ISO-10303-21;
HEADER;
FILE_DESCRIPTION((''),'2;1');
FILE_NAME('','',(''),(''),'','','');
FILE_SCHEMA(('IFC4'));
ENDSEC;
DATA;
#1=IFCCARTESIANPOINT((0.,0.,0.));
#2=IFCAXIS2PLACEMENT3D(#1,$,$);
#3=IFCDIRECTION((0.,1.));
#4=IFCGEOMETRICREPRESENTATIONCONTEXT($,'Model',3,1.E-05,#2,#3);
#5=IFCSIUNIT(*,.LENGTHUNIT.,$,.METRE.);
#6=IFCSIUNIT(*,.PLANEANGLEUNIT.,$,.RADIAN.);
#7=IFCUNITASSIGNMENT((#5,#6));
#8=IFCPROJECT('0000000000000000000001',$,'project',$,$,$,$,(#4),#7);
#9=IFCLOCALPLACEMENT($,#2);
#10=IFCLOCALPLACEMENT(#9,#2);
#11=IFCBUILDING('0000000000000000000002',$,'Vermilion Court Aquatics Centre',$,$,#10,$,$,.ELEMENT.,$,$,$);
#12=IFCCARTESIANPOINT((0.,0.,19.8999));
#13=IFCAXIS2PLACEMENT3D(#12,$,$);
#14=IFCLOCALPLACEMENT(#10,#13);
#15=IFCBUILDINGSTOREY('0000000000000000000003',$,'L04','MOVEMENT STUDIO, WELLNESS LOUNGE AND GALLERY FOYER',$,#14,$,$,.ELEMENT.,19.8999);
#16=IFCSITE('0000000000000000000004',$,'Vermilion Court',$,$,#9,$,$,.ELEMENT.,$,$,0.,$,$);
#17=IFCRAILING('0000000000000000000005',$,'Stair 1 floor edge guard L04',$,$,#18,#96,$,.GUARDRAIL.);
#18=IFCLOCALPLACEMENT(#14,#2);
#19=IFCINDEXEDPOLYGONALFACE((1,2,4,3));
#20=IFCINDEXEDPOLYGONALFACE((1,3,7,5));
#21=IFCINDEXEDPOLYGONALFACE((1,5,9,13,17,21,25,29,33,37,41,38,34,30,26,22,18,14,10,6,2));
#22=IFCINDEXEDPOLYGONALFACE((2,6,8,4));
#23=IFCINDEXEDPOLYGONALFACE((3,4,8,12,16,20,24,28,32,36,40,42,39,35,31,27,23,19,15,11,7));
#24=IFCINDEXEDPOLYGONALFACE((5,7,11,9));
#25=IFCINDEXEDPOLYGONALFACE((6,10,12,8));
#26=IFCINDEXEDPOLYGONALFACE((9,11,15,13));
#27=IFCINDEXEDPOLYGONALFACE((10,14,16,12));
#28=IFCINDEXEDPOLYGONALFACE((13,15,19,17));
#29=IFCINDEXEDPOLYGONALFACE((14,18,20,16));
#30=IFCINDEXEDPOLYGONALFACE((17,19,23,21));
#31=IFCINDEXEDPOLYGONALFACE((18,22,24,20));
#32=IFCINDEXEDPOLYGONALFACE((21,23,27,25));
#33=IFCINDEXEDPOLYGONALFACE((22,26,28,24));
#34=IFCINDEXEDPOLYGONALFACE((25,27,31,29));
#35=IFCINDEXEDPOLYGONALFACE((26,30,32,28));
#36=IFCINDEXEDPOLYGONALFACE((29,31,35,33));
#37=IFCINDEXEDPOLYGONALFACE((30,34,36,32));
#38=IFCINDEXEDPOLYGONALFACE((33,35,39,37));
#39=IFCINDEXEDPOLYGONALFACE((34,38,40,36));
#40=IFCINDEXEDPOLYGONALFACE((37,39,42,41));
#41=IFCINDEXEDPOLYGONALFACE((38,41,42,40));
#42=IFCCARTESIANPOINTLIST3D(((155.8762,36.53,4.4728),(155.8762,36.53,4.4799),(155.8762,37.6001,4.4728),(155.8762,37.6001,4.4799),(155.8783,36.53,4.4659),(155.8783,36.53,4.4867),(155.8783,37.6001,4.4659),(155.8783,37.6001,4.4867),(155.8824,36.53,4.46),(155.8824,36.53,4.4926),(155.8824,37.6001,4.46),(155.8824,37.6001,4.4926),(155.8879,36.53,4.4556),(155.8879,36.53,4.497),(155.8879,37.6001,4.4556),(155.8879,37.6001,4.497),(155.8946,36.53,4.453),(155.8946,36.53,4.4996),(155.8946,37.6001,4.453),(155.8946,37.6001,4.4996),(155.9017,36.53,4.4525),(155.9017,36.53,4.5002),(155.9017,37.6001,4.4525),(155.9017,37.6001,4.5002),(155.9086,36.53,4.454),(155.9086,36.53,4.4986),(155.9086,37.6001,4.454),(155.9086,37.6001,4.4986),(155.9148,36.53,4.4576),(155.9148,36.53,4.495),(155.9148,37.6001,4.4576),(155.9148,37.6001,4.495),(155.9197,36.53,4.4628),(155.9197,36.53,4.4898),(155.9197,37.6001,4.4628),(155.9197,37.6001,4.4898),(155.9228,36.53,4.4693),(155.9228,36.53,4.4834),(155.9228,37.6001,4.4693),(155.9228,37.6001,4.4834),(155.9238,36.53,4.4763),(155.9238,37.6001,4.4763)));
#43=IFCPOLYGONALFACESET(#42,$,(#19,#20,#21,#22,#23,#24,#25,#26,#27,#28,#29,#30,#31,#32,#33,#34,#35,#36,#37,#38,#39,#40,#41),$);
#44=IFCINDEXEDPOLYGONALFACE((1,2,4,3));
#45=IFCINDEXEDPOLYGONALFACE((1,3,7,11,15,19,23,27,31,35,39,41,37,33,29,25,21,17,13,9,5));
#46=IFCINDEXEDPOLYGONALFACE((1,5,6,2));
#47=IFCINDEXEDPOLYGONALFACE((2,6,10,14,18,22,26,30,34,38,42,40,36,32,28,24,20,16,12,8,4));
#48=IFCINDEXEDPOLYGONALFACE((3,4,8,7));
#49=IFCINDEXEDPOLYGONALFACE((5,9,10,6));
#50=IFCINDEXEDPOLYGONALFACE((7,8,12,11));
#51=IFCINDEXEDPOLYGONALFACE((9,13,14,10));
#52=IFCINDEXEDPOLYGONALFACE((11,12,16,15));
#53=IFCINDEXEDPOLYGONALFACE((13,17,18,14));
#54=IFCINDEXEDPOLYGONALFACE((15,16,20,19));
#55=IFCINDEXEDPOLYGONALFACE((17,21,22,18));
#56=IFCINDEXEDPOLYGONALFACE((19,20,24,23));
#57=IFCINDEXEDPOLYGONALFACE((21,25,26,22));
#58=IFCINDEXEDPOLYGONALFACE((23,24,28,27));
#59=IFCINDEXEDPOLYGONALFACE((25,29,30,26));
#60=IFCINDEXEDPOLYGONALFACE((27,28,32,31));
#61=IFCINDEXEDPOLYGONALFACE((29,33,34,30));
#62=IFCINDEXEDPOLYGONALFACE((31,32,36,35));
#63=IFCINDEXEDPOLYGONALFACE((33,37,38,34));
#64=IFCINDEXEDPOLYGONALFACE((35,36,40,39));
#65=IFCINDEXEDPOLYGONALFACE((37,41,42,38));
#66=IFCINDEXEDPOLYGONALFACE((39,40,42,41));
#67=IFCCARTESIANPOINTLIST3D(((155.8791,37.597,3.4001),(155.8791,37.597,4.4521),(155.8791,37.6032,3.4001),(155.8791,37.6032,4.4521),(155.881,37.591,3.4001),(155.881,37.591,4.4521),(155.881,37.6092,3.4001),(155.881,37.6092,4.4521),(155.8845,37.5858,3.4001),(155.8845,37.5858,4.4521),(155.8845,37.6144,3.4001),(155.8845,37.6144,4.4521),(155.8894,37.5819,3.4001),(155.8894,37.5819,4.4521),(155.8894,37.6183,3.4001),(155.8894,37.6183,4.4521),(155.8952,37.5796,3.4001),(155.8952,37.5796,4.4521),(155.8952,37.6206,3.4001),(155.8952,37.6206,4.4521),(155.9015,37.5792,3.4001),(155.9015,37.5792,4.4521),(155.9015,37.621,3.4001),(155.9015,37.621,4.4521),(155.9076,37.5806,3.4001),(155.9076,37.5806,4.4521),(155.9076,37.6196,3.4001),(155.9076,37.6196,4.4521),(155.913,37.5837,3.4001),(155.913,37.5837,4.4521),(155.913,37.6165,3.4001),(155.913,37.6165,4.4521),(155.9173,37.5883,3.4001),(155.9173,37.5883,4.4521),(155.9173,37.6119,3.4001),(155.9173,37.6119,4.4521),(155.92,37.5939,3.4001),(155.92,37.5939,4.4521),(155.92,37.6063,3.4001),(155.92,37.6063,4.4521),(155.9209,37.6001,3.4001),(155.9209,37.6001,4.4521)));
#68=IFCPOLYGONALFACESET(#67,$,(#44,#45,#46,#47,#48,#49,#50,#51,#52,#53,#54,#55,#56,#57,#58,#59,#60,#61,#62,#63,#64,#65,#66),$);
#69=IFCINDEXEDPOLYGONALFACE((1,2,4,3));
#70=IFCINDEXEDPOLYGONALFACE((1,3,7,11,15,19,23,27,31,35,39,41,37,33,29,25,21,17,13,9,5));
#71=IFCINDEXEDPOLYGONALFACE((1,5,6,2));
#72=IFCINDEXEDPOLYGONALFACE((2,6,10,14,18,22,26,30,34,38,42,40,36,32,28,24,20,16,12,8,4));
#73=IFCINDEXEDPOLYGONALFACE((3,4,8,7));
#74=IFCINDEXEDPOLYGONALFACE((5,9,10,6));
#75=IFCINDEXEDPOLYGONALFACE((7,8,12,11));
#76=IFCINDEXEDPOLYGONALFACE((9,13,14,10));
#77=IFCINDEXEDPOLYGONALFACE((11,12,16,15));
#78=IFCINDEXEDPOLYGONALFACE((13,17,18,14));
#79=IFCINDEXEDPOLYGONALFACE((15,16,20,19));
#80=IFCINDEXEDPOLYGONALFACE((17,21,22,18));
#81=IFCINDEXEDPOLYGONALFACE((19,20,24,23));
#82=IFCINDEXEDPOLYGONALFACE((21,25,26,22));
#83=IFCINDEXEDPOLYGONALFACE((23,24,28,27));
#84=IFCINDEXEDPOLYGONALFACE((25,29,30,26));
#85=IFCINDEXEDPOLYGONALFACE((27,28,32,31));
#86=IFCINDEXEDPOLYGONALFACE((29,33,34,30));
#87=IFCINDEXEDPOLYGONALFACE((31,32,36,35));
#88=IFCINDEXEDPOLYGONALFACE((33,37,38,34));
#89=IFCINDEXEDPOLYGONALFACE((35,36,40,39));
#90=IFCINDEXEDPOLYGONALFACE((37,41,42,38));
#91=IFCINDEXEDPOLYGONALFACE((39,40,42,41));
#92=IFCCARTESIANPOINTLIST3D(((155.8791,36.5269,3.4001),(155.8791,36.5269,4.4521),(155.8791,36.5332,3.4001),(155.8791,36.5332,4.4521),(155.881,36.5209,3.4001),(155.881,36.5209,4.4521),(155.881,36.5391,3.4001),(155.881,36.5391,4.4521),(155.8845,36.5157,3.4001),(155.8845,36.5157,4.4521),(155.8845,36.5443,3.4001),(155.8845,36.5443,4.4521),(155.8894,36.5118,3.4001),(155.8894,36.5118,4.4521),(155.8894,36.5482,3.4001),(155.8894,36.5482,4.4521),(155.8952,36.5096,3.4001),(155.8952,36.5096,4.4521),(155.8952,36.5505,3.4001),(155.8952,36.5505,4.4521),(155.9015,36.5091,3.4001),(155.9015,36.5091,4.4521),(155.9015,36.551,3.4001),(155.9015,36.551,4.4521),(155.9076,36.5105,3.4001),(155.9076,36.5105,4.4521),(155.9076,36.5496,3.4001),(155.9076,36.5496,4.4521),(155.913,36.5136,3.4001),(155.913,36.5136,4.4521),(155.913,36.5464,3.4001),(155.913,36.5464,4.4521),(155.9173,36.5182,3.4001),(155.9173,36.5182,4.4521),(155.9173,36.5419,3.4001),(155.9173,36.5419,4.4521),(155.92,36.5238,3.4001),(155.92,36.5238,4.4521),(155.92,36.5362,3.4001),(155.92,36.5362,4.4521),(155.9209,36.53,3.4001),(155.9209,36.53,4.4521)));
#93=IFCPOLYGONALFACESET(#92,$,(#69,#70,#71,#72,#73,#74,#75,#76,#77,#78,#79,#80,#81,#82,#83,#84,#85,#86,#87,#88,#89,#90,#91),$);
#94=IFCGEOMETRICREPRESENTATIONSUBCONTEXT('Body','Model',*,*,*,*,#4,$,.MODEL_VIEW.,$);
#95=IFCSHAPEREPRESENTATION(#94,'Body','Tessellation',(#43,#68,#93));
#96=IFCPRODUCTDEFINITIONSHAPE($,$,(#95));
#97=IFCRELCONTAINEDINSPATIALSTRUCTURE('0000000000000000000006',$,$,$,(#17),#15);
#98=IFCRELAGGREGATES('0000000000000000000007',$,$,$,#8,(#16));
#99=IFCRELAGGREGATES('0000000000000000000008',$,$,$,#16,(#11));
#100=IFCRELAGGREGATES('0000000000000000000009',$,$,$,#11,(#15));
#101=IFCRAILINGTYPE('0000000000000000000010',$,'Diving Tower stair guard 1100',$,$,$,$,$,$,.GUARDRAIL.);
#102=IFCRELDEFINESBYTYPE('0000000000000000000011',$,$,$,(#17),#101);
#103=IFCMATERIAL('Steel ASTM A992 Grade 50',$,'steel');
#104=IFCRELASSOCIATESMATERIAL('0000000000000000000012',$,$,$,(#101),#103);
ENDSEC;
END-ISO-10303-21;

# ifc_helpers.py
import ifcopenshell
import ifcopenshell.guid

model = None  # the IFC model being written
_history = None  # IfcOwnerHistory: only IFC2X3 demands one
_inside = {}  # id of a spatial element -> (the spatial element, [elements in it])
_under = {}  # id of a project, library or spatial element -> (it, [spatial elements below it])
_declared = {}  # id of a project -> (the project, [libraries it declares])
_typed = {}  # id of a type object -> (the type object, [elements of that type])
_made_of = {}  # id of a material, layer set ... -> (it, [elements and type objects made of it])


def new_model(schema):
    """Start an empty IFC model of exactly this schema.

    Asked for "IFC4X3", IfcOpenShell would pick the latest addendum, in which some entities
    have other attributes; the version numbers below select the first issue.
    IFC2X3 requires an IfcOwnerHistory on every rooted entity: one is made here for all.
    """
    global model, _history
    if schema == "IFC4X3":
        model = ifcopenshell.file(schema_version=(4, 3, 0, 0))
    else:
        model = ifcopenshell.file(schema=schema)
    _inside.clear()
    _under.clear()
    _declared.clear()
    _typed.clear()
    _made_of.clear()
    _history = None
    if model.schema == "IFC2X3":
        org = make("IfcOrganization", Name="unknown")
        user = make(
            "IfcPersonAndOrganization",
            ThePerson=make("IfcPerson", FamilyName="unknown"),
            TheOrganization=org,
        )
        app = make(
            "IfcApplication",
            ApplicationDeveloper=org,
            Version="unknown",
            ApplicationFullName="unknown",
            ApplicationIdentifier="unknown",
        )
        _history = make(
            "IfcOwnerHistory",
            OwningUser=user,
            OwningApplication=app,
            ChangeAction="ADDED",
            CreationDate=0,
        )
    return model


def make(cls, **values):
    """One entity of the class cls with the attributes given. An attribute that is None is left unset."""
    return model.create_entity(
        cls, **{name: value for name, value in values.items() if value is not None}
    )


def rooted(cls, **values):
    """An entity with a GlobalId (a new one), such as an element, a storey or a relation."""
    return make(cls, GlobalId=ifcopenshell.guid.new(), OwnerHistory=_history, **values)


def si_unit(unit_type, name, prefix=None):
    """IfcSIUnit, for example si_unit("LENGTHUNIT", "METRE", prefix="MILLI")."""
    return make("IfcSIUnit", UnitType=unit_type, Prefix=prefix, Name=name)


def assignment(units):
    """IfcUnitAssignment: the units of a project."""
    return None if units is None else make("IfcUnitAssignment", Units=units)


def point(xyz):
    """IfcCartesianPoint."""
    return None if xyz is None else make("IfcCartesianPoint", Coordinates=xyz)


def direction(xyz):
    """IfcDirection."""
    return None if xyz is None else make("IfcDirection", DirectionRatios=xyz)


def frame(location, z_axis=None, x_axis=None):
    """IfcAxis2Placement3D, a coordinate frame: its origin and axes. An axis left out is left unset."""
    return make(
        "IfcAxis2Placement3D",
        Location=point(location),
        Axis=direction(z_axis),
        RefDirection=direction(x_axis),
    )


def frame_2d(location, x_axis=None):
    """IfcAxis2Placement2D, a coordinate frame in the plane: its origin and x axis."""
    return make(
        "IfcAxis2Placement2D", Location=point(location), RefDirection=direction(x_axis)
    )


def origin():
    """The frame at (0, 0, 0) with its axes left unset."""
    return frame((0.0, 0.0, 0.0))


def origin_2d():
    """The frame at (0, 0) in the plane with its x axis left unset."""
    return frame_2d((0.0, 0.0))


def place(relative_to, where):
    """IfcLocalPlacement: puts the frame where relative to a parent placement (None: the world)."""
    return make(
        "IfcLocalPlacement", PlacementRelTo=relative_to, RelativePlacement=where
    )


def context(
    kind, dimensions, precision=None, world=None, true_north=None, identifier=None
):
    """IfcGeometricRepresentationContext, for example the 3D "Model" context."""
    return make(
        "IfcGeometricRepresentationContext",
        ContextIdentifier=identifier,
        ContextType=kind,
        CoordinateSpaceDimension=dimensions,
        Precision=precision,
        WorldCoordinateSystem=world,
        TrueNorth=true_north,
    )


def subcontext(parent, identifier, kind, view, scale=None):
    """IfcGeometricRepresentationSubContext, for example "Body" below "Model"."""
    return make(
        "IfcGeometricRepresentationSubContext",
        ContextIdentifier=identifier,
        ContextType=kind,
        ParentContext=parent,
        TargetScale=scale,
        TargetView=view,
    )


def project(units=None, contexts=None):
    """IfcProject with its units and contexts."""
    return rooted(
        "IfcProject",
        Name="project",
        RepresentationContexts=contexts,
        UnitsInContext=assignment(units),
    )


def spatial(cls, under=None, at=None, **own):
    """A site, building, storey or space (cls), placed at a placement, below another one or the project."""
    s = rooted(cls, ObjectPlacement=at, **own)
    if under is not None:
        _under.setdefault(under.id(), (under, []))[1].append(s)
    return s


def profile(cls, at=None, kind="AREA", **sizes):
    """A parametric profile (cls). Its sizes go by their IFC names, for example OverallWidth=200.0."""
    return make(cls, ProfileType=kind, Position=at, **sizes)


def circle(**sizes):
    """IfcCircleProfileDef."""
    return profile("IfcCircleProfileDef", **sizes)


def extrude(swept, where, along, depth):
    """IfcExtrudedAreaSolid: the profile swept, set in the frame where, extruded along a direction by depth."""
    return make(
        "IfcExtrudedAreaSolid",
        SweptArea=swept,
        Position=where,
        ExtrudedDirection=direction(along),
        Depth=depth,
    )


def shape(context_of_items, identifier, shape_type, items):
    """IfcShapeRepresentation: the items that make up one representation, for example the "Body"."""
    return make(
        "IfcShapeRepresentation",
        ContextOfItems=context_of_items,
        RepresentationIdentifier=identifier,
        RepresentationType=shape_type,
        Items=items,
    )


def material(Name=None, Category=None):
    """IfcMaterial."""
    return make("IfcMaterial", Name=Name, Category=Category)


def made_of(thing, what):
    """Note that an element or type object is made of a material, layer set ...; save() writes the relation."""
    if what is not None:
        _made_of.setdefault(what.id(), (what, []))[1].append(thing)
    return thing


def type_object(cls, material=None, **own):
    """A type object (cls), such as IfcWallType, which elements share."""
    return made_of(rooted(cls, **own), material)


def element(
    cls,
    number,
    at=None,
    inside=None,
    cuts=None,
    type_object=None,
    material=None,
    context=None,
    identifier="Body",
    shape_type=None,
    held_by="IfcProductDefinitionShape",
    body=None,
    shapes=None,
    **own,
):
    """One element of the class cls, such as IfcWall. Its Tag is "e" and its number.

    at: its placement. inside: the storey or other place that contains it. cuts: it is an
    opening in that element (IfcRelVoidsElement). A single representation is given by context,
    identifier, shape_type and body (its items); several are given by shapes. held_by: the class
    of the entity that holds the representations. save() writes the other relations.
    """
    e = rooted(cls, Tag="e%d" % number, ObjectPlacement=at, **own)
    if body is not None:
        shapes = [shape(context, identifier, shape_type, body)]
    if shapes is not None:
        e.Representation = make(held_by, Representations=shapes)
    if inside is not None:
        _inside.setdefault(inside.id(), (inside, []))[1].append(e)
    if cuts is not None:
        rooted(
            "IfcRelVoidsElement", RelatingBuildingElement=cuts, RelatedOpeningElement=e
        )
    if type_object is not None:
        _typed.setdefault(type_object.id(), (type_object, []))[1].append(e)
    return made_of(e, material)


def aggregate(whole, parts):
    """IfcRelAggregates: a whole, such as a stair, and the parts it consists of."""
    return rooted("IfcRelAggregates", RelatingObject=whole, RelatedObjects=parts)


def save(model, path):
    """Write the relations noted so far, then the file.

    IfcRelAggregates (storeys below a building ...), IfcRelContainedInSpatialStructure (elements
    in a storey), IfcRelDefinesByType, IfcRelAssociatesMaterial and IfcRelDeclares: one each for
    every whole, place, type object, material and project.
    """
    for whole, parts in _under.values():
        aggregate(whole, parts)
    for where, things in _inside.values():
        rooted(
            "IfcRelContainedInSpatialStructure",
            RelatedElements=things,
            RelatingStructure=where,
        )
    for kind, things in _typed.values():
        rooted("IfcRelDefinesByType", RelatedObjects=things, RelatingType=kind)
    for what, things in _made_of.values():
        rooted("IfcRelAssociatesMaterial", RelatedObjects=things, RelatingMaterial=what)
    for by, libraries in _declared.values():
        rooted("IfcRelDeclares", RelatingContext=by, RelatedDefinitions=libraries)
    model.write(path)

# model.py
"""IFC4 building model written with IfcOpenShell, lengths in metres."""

from ifc_helpers import new_model, si_unit, direction, frame, origin, origin_2d, place, context, subcontext, project, spatial, circle, extrude, material, type_object, element, save


model = new_model("IFC4")

# Units and contexts
model_context = context("Model", 3, precision=1e-05, world=origin(), true_north=direction((0.0, 1.0)))
body_context = subcontext(model_context, "Body", "Model", "MODEL_VIEW")
ifc_project = project(units=[si_unit("LENGTHUNIT", "METRE"), si_unit("PLANEANGLEUNIT", "RADIAN")], contexts=[model_context])

# Site, building, storey
site_placement = place(None, origin())
site = spatial("IfcSite", under=ifc_project, at=site_placement, Name="Vermilion Court", CompositionType="ELEMENT", RefElevation=0.0)
building_placement = place(site_placement, origin())
building = spatial("IfcBuilding", under=site, at=building_placement, Name="Vermilion Court Aquatics Centre", CompositionType="ELEMENT")
storey_placement = place(building_placement, frame((0.0, 0.0, 19.8999)))
storey = spatial("IfcBuildingStorey", under=building, at=storey_placement, Name="L04", Description="MOVEMENT STUDIO, WELLNESS LOUNGE AND GALLERY FOYER", CompositionType="ELEMENT", Elevation=19.8999)

# Railing
ifc_material_1 = material(Name="Steel ASTM A992 Grade 50", Category="steel")
railing_type_1 = type_object("IfcRailingType", Name="Diving Tower stair guard 1100", PredefinedType="GUARDRAIL", material=ifc_material_1)
railing_1_placement = place(storey_placement, frame((155.8999, 37.6001, 3.4001)))
element("IfcRailing", 1, at=railing_1_placement, inside=storey, type_object=railing_type_1, Name="Stair 1 floor edge guard L04", PredefinedType="GUARDRAIL", context=body_context, shape_type="SweptSolid", body=[
    extrude(circle(Radius=0.0239, at=origin_2d()), frame((0.0, 0.0, 1.0762), z_axis=(0.0, -1.0, 0.0), x_axis=(1.0, 0.0, 0.0)), (0.0, 0.0, 1.0), 1.0701),
    extrude(circle(Radius=0.021, at=origin_2d()), origin(), (0.0, 0.0, 1.0), 1.052),
    extrude(circle(Radius=0.021, at=origin_2d()), frame((0.0, -1.0701, 0.0)), (0.0, 0.0, 1.0), 1.052),
])

save(model, "model.ifc")
